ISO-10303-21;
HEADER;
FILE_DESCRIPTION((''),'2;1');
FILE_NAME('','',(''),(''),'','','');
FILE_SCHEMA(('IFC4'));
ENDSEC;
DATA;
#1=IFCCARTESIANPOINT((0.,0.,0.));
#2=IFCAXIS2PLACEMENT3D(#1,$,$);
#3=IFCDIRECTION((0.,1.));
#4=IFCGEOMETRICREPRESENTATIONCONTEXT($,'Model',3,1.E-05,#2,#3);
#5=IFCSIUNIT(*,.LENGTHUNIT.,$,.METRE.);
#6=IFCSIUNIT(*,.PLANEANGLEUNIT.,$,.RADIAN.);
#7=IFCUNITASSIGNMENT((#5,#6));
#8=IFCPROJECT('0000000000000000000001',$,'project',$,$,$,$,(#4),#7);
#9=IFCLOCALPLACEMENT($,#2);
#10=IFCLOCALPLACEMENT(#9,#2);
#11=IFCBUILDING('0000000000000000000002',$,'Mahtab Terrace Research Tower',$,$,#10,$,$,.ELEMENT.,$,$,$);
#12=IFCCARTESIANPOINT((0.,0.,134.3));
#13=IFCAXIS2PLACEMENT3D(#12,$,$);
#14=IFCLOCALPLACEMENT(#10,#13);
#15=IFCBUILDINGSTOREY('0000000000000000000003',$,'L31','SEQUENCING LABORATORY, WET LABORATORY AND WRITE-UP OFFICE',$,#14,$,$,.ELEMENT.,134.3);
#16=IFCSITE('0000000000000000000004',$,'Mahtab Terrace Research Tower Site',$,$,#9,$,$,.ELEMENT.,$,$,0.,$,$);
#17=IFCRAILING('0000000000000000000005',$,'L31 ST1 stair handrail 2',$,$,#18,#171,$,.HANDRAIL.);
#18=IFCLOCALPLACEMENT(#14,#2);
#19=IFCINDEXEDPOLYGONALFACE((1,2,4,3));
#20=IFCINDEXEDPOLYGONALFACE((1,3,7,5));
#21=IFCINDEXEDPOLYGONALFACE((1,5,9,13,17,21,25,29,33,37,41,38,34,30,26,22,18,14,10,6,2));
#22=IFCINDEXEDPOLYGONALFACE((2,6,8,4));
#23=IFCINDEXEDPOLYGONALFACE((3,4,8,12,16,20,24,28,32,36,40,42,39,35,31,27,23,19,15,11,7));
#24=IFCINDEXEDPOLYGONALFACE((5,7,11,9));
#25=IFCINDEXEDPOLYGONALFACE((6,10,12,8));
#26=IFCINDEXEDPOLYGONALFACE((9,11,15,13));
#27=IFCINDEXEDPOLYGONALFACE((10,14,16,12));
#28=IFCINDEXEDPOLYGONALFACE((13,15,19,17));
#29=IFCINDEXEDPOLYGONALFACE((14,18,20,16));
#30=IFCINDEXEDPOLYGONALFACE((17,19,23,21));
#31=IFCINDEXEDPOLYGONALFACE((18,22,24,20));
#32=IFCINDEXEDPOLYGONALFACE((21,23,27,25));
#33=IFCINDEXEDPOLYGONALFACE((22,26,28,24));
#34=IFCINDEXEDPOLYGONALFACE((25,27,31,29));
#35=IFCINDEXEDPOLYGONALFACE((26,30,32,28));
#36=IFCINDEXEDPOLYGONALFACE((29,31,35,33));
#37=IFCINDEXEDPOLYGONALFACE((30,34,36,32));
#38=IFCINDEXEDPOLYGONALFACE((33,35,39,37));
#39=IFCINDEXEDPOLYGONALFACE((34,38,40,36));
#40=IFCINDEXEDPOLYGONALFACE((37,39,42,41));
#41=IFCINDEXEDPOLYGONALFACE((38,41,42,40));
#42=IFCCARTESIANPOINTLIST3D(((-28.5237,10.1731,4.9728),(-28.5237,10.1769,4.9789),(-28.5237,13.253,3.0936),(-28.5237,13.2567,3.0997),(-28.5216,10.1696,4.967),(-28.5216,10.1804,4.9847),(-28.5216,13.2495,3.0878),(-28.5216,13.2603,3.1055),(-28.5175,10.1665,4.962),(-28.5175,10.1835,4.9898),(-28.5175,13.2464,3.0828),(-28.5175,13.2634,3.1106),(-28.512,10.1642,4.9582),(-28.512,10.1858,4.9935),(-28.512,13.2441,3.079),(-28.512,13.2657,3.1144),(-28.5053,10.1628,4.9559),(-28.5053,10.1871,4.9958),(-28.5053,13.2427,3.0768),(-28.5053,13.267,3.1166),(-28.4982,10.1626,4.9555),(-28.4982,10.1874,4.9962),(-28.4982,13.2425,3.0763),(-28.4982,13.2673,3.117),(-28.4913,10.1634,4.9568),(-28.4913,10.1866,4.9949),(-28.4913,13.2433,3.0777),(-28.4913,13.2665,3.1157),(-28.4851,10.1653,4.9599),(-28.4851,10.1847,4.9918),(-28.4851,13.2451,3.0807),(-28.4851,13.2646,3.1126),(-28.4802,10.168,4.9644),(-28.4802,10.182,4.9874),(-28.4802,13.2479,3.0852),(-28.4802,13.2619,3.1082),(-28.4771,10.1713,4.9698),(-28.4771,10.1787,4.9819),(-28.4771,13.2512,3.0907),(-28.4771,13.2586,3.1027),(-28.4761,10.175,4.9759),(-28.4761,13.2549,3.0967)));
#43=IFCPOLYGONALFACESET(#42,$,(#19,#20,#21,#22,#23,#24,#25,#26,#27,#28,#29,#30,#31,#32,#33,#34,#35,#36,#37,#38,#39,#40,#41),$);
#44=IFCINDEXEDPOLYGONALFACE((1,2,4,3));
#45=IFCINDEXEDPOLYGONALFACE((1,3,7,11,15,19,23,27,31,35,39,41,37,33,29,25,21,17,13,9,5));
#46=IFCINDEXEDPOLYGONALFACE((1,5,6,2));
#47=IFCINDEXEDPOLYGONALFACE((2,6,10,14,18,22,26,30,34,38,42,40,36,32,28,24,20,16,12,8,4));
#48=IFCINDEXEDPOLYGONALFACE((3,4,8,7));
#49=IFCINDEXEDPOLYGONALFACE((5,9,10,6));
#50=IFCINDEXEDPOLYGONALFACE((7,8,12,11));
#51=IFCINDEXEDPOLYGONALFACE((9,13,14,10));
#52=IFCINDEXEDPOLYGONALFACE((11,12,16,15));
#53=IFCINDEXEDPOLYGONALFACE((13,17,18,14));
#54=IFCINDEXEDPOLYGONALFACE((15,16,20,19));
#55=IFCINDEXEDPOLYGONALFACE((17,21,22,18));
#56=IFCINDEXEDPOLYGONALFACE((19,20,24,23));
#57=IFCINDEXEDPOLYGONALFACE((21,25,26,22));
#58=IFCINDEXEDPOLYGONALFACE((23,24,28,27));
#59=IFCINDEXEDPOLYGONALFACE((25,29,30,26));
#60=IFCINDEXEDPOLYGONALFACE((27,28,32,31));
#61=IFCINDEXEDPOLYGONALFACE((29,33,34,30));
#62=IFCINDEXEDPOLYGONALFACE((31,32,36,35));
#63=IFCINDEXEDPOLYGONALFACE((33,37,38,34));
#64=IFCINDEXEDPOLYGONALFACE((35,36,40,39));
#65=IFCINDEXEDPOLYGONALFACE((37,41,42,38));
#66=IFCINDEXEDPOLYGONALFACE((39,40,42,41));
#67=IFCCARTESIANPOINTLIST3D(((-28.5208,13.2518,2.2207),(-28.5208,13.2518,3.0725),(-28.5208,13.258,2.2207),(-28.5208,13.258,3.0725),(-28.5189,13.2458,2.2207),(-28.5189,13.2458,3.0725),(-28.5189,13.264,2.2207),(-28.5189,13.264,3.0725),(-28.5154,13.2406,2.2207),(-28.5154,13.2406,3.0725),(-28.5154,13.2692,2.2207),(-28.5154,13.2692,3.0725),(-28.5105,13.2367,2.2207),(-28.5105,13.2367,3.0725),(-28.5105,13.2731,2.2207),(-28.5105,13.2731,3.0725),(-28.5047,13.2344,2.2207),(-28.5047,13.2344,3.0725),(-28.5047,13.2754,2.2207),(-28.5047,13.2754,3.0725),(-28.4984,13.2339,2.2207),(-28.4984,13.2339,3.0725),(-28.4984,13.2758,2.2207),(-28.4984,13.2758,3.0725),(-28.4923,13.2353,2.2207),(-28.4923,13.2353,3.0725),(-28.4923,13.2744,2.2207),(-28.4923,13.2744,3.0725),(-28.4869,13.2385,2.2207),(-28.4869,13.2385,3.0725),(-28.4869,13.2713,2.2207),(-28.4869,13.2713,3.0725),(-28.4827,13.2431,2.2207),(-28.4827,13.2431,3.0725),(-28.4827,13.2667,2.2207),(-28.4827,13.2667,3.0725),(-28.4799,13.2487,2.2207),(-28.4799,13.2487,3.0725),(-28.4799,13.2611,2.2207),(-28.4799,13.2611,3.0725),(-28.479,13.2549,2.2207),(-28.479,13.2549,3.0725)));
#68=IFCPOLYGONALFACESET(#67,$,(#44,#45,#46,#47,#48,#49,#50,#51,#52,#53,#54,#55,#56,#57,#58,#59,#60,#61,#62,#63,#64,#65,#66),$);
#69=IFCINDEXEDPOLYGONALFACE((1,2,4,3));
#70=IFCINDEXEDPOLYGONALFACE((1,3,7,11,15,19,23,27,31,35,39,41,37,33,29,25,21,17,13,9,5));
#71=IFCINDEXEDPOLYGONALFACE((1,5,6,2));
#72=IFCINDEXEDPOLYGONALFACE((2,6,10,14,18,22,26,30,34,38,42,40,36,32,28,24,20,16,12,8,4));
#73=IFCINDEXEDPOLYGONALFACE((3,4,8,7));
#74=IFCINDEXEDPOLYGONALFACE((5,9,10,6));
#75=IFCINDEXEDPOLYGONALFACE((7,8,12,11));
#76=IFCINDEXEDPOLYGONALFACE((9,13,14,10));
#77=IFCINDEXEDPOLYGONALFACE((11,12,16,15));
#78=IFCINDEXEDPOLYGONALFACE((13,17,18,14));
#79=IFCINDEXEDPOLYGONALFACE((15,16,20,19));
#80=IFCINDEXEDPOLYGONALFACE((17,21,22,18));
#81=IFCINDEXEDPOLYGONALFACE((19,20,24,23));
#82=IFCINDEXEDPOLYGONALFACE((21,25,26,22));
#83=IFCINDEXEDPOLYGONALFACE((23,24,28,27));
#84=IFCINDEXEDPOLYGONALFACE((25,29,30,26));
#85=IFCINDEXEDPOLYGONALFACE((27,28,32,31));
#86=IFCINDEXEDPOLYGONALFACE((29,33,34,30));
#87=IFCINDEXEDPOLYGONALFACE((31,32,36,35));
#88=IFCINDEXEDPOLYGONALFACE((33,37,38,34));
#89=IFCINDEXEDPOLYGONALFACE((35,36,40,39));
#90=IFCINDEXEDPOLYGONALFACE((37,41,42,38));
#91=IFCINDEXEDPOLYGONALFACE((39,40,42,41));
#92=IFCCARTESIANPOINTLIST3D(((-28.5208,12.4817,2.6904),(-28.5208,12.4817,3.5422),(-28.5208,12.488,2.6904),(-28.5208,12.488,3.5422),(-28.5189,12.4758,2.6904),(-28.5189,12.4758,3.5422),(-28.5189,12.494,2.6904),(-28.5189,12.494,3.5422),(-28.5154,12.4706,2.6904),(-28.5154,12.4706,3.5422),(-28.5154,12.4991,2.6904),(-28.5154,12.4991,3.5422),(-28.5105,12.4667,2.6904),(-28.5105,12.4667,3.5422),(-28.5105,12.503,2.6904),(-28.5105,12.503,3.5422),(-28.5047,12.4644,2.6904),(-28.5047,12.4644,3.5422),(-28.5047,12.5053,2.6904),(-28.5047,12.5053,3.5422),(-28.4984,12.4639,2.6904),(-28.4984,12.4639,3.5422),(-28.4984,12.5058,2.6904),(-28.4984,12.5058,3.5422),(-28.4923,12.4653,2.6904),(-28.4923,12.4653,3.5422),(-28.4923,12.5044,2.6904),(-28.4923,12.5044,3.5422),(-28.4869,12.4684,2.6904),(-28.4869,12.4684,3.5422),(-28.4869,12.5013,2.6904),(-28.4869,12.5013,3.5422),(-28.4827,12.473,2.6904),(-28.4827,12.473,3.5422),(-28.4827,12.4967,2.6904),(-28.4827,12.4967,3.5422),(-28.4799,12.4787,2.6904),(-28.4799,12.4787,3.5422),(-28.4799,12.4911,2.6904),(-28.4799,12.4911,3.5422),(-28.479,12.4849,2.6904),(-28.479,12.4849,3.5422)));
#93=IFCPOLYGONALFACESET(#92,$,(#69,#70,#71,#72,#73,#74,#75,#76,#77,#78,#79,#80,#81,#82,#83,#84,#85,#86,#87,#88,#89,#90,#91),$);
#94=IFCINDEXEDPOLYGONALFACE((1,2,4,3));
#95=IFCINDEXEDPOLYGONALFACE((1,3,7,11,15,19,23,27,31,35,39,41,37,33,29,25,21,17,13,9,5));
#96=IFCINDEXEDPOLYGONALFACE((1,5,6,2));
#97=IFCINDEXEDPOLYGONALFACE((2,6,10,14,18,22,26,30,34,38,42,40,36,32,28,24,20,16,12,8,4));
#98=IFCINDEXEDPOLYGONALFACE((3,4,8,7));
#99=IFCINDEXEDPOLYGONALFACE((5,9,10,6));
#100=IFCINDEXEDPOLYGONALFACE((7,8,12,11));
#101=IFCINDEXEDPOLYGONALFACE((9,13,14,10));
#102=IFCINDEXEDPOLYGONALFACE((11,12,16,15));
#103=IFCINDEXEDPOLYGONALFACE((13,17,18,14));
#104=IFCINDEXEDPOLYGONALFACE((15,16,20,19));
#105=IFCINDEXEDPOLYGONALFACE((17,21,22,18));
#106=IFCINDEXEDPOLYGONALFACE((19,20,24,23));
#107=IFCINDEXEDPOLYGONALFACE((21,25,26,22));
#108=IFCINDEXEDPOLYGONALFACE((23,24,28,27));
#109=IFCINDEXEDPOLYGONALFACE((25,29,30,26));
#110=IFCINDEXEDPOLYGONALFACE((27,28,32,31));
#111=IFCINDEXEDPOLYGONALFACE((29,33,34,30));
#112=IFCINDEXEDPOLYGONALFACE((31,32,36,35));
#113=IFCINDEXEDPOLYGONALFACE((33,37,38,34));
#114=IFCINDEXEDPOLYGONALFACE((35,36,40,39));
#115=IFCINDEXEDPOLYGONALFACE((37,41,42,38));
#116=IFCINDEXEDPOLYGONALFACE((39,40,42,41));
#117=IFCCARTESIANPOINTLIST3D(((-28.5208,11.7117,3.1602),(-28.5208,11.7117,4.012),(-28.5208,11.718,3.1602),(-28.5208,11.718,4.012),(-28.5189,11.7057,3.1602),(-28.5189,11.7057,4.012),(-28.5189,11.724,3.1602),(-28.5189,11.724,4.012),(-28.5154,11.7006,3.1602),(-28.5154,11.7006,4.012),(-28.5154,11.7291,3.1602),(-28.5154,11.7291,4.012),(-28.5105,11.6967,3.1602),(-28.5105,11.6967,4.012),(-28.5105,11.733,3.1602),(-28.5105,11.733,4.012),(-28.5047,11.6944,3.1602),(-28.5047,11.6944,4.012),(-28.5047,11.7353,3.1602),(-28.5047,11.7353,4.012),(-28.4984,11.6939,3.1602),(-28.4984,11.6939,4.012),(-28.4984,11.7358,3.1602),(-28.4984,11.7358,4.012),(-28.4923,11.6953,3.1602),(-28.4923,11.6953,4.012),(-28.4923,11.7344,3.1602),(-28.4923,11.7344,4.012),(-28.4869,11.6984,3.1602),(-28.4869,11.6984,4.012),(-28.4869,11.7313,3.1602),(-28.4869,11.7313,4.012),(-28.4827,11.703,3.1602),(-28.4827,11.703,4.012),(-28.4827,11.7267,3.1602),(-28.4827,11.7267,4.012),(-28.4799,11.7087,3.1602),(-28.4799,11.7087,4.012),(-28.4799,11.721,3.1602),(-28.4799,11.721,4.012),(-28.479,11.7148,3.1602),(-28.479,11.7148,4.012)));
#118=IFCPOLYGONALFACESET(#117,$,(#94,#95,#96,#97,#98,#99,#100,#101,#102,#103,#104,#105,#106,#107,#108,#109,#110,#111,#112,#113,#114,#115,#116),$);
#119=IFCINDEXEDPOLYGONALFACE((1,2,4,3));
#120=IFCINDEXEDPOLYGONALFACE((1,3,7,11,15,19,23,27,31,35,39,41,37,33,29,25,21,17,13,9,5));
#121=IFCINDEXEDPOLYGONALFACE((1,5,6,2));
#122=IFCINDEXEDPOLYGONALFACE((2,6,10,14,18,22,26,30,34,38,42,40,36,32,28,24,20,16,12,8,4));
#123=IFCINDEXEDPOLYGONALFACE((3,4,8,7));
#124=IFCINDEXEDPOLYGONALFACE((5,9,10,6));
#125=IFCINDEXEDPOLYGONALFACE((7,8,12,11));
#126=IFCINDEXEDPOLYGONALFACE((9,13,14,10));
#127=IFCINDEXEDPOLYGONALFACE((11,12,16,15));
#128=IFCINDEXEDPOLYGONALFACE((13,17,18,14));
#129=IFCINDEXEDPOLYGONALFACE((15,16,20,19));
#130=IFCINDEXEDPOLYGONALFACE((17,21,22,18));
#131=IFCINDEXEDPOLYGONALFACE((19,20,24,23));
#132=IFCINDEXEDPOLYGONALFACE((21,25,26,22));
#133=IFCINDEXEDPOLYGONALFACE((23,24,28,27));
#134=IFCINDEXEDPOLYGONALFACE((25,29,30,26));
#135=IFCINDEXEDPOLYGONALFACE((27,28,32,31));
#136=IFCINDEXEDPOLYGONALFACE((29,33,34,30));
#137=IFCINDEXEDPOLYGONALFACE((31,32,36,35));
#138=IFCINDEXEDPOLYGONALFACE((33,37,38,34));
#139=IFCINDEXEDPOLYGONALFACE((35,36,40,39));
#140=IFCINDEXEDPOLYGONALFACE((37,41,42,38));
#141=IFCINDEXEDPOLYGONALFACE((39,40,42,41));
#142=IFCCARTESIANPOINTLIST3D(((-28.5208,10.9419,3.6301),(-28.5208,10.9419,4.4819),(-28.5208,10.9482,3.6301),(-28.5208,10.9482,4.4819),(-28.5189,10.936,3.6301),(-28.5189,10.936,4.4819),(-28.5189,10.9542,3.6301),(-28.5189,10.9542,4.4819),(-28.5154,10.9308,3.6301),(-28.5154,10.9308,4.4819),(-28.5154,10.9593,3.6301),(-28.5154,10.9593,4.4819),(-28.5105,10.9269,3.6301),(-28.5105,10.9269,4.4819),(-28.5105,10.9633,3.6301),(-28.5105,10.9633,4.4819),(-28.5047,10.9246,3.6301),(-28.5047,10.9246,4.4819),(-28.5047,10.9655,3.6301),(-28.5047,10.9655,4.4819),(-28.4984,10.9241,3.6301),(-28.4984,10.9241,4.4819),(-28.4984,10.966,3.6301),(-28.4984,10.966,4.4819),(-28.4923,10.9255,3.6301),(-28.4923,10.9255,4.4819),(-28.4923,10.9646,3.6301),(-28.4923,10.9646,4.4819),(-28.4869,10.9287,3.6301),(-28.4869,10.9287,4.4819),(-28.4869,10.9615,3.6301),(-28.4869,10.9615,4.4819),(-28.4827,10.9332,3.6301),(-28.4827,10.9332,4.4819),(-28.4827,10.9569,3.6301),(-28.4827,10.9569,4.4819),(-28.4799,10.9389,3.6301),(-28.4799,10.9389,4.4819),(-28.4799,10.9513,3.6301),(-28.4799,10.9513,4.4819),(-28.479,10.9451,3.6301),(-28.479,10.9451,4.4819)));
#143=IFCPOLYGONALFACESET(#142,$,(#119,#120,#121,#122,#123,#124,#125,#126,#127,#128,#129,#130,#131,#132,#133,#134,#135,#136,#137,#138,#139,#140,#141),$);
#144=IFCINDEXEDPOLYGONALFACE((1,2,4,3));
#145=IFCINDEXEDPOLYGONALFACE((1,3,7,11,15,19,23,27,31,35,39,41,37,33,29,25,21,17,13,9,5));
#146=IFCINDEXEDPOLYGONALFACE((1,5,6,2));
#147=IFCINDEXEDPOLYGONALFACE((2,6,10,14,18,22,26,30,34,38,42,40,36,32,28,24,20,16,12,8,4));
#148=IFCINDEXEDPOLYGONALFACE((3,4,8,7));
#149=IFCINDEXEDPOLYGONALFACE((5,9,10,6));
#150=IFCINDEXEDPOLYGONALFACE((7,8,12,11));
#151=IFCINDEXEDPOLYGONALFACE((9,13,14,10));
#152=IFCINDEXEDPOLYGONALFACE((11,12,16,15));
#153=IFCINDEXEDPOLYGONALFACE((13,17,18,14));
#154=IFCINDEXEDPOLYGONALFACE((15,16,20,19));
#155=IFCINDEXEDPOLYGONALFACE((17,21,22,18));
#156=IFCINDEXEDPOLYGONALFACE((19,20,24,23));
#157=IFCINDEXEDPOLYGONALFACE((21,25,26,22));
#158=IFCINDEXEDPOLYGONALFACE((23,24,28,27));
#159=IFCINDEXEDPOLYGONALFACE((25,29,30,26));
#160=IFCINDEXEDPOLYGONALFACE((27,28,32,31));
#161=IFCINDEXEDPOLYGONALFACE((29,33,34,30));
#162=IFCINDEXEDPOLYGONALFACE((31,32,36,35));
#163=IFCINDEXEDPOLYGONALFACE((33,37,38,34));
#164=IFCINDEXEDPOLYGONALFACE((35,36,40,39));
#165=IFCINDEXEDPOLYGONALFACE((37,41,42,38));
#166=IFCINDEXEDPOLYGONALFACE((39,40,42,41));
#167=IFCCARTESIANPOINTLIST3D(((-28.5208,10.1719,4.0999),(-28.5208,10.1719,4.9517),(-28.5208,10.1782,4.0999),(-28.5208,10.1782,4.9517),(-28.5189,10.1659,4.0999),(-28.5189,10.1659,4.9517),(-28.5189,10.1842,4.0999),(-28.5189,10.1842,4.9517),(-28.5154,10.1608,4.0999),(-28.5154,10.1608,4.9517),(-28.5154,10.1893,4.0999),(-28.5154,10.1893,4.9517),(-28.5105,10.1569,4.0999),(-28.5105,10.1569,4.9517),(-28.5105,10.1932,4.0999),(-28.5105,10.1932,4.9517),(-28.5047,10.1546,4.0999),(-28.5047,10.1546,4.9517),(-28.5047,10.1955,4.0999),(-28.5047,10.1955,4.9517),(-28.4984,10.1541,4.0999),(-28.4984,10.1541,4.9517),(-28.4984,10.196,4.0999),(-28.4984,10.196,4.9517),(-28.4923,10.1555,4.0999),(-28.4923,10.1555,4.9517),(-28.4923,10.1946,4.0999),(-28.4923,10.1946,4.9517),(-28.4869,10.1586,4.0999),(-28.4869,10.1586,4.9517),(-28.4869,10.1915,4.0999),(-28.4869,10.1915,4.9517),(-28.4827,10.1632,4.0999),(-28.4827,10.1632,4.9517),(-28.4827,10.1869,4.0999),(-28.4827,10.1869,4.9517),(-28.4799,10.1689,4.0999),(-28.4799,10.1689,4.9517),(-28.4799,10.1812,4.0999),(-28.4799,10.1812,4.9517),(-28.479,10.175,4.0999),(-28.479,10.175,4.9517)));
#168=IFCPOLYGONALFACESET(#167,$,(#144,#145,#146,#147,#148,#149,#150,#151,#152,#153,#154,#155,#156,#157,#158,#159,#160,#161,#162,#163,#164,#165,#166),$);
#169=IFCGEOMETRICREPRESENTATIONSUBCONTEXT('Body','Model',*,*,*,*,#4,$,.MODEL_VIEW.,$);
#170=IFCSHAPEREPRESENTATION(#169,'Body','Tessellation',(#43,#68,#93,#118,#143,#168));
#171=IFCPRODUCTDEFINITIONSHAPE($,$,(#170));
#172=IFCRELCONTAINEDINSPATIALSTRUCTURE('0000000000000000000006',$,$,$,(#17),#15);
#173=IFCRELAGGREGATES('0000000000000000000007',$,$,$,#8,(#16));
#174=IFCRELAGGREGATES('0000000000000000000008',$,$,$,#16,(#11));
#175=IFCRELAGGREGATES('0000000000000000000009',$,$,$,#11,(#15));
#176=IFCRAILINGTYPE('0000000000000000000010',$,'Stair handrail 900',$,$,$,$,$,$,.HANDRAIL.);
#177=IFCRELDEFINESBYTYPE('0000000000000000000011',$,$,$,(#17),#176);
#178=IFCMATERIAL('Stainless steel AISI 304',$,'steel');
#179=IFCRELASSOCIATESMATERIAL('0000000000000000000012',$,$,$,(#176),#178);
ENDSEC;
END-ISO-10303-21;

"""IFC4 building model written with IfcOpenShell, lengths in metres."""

from ifc_helpers import new_model, si_unit, direction, frame, origin, origin_2d, place, context, subcontext, project, spatial, circle, extrude, material, type_object, element, save


model = new_model("IFC4")

# Units and contexts
model_context = context("Model", 3, precision=1e-05, world=origin(), true_north=direction((0.0, 1.0)))
body_context = subcontext(model_context, "Body", "Model", "MODEL_VIEW")
ifc_project = project(units=[si_unit("LENGTHUNIT", "METRE"), si_unit("PLANEANGLEUNIT", "RADIAN")], contexts=[model_context])

# Site, building, storey
site_placement = place(None, origin())
site = spatial("IfcSite", under=ifc_project, at=site_placement, Name="Mahtab Terrace Research Tower Site", CompositionType="ELEMENT", RefElevation=0.0)
building_placement = place(site_placement, origin())
building = spatial("IfcBuilding", under=site, at=building_placement, Name="Mahtab Terrace Research Tower", CompositionType="ELEMENT")
storey_placement = place(building_placement, frame((0.0, 0.0, 134.3)))
storey = spatial("IfcBuildingStorey", under=building, at=storey_placement, Name="L31", Description="SEQUENCING LABORATORY, WET LABORATORY AND WRITE-UP OFFICE", CompositionType="ELEMENT", Elevation=134.3)

# Railing
ifc_material_1 = material(Name="Stainless steel AISI 304", Category="steel")
railing_type_1 = type_object("IfcRailingType", Name="Stair handrail 900", PredefinedType="HANDRAIL", material=ifc_material_1)
railing_1_placement = place(storey_placement, frame((-28.5, 13.2549, 2.2207)))
element("IfcRailing", 1, at=railing_1_placement, inside=storey, type_object=railing_type_1, Name="L31 ST1 stair handrail 2", PredefinedType="HANDRAIL", context=body_context, shape_type="SweptSolid", body=[
    extrude(circle(Radius=0.0239, at=origin_2d()), frame((0.0, 0.0, 0.876), z_axis=(0.0, -0.853648, 0.52085), x_axis=(1.0, 0.0, 0.0)), (0.0, 0.0, 1.0), 3.6079),
    extrude(circle(Radius=0.021, at=origin_2d()), origin(), (0.0, 0.0, 1.0), 0.8518),
    extrude(circle(Radius=0.021, at=origin_2d()), frame((0.0, -0.77, 0.4697)), (0.0, 0.0, 1.0), 0.8518),
    extrude(circle(Radius=0.021, at=origin_2d()), frame((0.0, -1.54, 0.9395)), (0.0, 0.0, 1.0), 0.8518),
    extrude(circle(Radius=0.021, at=origin_2d()), frame((0.0, -2.3098, 1.4094)), (0.0, 0.0, 1.0), 0.8518),
    extrude(circle(Radius=0.021, at=origin_2d()), frame((0.0, -3.0798, 1.8792)), (0.0, 0.0, 1.0), 0.8518),
])

save(model, "model.ifc")
